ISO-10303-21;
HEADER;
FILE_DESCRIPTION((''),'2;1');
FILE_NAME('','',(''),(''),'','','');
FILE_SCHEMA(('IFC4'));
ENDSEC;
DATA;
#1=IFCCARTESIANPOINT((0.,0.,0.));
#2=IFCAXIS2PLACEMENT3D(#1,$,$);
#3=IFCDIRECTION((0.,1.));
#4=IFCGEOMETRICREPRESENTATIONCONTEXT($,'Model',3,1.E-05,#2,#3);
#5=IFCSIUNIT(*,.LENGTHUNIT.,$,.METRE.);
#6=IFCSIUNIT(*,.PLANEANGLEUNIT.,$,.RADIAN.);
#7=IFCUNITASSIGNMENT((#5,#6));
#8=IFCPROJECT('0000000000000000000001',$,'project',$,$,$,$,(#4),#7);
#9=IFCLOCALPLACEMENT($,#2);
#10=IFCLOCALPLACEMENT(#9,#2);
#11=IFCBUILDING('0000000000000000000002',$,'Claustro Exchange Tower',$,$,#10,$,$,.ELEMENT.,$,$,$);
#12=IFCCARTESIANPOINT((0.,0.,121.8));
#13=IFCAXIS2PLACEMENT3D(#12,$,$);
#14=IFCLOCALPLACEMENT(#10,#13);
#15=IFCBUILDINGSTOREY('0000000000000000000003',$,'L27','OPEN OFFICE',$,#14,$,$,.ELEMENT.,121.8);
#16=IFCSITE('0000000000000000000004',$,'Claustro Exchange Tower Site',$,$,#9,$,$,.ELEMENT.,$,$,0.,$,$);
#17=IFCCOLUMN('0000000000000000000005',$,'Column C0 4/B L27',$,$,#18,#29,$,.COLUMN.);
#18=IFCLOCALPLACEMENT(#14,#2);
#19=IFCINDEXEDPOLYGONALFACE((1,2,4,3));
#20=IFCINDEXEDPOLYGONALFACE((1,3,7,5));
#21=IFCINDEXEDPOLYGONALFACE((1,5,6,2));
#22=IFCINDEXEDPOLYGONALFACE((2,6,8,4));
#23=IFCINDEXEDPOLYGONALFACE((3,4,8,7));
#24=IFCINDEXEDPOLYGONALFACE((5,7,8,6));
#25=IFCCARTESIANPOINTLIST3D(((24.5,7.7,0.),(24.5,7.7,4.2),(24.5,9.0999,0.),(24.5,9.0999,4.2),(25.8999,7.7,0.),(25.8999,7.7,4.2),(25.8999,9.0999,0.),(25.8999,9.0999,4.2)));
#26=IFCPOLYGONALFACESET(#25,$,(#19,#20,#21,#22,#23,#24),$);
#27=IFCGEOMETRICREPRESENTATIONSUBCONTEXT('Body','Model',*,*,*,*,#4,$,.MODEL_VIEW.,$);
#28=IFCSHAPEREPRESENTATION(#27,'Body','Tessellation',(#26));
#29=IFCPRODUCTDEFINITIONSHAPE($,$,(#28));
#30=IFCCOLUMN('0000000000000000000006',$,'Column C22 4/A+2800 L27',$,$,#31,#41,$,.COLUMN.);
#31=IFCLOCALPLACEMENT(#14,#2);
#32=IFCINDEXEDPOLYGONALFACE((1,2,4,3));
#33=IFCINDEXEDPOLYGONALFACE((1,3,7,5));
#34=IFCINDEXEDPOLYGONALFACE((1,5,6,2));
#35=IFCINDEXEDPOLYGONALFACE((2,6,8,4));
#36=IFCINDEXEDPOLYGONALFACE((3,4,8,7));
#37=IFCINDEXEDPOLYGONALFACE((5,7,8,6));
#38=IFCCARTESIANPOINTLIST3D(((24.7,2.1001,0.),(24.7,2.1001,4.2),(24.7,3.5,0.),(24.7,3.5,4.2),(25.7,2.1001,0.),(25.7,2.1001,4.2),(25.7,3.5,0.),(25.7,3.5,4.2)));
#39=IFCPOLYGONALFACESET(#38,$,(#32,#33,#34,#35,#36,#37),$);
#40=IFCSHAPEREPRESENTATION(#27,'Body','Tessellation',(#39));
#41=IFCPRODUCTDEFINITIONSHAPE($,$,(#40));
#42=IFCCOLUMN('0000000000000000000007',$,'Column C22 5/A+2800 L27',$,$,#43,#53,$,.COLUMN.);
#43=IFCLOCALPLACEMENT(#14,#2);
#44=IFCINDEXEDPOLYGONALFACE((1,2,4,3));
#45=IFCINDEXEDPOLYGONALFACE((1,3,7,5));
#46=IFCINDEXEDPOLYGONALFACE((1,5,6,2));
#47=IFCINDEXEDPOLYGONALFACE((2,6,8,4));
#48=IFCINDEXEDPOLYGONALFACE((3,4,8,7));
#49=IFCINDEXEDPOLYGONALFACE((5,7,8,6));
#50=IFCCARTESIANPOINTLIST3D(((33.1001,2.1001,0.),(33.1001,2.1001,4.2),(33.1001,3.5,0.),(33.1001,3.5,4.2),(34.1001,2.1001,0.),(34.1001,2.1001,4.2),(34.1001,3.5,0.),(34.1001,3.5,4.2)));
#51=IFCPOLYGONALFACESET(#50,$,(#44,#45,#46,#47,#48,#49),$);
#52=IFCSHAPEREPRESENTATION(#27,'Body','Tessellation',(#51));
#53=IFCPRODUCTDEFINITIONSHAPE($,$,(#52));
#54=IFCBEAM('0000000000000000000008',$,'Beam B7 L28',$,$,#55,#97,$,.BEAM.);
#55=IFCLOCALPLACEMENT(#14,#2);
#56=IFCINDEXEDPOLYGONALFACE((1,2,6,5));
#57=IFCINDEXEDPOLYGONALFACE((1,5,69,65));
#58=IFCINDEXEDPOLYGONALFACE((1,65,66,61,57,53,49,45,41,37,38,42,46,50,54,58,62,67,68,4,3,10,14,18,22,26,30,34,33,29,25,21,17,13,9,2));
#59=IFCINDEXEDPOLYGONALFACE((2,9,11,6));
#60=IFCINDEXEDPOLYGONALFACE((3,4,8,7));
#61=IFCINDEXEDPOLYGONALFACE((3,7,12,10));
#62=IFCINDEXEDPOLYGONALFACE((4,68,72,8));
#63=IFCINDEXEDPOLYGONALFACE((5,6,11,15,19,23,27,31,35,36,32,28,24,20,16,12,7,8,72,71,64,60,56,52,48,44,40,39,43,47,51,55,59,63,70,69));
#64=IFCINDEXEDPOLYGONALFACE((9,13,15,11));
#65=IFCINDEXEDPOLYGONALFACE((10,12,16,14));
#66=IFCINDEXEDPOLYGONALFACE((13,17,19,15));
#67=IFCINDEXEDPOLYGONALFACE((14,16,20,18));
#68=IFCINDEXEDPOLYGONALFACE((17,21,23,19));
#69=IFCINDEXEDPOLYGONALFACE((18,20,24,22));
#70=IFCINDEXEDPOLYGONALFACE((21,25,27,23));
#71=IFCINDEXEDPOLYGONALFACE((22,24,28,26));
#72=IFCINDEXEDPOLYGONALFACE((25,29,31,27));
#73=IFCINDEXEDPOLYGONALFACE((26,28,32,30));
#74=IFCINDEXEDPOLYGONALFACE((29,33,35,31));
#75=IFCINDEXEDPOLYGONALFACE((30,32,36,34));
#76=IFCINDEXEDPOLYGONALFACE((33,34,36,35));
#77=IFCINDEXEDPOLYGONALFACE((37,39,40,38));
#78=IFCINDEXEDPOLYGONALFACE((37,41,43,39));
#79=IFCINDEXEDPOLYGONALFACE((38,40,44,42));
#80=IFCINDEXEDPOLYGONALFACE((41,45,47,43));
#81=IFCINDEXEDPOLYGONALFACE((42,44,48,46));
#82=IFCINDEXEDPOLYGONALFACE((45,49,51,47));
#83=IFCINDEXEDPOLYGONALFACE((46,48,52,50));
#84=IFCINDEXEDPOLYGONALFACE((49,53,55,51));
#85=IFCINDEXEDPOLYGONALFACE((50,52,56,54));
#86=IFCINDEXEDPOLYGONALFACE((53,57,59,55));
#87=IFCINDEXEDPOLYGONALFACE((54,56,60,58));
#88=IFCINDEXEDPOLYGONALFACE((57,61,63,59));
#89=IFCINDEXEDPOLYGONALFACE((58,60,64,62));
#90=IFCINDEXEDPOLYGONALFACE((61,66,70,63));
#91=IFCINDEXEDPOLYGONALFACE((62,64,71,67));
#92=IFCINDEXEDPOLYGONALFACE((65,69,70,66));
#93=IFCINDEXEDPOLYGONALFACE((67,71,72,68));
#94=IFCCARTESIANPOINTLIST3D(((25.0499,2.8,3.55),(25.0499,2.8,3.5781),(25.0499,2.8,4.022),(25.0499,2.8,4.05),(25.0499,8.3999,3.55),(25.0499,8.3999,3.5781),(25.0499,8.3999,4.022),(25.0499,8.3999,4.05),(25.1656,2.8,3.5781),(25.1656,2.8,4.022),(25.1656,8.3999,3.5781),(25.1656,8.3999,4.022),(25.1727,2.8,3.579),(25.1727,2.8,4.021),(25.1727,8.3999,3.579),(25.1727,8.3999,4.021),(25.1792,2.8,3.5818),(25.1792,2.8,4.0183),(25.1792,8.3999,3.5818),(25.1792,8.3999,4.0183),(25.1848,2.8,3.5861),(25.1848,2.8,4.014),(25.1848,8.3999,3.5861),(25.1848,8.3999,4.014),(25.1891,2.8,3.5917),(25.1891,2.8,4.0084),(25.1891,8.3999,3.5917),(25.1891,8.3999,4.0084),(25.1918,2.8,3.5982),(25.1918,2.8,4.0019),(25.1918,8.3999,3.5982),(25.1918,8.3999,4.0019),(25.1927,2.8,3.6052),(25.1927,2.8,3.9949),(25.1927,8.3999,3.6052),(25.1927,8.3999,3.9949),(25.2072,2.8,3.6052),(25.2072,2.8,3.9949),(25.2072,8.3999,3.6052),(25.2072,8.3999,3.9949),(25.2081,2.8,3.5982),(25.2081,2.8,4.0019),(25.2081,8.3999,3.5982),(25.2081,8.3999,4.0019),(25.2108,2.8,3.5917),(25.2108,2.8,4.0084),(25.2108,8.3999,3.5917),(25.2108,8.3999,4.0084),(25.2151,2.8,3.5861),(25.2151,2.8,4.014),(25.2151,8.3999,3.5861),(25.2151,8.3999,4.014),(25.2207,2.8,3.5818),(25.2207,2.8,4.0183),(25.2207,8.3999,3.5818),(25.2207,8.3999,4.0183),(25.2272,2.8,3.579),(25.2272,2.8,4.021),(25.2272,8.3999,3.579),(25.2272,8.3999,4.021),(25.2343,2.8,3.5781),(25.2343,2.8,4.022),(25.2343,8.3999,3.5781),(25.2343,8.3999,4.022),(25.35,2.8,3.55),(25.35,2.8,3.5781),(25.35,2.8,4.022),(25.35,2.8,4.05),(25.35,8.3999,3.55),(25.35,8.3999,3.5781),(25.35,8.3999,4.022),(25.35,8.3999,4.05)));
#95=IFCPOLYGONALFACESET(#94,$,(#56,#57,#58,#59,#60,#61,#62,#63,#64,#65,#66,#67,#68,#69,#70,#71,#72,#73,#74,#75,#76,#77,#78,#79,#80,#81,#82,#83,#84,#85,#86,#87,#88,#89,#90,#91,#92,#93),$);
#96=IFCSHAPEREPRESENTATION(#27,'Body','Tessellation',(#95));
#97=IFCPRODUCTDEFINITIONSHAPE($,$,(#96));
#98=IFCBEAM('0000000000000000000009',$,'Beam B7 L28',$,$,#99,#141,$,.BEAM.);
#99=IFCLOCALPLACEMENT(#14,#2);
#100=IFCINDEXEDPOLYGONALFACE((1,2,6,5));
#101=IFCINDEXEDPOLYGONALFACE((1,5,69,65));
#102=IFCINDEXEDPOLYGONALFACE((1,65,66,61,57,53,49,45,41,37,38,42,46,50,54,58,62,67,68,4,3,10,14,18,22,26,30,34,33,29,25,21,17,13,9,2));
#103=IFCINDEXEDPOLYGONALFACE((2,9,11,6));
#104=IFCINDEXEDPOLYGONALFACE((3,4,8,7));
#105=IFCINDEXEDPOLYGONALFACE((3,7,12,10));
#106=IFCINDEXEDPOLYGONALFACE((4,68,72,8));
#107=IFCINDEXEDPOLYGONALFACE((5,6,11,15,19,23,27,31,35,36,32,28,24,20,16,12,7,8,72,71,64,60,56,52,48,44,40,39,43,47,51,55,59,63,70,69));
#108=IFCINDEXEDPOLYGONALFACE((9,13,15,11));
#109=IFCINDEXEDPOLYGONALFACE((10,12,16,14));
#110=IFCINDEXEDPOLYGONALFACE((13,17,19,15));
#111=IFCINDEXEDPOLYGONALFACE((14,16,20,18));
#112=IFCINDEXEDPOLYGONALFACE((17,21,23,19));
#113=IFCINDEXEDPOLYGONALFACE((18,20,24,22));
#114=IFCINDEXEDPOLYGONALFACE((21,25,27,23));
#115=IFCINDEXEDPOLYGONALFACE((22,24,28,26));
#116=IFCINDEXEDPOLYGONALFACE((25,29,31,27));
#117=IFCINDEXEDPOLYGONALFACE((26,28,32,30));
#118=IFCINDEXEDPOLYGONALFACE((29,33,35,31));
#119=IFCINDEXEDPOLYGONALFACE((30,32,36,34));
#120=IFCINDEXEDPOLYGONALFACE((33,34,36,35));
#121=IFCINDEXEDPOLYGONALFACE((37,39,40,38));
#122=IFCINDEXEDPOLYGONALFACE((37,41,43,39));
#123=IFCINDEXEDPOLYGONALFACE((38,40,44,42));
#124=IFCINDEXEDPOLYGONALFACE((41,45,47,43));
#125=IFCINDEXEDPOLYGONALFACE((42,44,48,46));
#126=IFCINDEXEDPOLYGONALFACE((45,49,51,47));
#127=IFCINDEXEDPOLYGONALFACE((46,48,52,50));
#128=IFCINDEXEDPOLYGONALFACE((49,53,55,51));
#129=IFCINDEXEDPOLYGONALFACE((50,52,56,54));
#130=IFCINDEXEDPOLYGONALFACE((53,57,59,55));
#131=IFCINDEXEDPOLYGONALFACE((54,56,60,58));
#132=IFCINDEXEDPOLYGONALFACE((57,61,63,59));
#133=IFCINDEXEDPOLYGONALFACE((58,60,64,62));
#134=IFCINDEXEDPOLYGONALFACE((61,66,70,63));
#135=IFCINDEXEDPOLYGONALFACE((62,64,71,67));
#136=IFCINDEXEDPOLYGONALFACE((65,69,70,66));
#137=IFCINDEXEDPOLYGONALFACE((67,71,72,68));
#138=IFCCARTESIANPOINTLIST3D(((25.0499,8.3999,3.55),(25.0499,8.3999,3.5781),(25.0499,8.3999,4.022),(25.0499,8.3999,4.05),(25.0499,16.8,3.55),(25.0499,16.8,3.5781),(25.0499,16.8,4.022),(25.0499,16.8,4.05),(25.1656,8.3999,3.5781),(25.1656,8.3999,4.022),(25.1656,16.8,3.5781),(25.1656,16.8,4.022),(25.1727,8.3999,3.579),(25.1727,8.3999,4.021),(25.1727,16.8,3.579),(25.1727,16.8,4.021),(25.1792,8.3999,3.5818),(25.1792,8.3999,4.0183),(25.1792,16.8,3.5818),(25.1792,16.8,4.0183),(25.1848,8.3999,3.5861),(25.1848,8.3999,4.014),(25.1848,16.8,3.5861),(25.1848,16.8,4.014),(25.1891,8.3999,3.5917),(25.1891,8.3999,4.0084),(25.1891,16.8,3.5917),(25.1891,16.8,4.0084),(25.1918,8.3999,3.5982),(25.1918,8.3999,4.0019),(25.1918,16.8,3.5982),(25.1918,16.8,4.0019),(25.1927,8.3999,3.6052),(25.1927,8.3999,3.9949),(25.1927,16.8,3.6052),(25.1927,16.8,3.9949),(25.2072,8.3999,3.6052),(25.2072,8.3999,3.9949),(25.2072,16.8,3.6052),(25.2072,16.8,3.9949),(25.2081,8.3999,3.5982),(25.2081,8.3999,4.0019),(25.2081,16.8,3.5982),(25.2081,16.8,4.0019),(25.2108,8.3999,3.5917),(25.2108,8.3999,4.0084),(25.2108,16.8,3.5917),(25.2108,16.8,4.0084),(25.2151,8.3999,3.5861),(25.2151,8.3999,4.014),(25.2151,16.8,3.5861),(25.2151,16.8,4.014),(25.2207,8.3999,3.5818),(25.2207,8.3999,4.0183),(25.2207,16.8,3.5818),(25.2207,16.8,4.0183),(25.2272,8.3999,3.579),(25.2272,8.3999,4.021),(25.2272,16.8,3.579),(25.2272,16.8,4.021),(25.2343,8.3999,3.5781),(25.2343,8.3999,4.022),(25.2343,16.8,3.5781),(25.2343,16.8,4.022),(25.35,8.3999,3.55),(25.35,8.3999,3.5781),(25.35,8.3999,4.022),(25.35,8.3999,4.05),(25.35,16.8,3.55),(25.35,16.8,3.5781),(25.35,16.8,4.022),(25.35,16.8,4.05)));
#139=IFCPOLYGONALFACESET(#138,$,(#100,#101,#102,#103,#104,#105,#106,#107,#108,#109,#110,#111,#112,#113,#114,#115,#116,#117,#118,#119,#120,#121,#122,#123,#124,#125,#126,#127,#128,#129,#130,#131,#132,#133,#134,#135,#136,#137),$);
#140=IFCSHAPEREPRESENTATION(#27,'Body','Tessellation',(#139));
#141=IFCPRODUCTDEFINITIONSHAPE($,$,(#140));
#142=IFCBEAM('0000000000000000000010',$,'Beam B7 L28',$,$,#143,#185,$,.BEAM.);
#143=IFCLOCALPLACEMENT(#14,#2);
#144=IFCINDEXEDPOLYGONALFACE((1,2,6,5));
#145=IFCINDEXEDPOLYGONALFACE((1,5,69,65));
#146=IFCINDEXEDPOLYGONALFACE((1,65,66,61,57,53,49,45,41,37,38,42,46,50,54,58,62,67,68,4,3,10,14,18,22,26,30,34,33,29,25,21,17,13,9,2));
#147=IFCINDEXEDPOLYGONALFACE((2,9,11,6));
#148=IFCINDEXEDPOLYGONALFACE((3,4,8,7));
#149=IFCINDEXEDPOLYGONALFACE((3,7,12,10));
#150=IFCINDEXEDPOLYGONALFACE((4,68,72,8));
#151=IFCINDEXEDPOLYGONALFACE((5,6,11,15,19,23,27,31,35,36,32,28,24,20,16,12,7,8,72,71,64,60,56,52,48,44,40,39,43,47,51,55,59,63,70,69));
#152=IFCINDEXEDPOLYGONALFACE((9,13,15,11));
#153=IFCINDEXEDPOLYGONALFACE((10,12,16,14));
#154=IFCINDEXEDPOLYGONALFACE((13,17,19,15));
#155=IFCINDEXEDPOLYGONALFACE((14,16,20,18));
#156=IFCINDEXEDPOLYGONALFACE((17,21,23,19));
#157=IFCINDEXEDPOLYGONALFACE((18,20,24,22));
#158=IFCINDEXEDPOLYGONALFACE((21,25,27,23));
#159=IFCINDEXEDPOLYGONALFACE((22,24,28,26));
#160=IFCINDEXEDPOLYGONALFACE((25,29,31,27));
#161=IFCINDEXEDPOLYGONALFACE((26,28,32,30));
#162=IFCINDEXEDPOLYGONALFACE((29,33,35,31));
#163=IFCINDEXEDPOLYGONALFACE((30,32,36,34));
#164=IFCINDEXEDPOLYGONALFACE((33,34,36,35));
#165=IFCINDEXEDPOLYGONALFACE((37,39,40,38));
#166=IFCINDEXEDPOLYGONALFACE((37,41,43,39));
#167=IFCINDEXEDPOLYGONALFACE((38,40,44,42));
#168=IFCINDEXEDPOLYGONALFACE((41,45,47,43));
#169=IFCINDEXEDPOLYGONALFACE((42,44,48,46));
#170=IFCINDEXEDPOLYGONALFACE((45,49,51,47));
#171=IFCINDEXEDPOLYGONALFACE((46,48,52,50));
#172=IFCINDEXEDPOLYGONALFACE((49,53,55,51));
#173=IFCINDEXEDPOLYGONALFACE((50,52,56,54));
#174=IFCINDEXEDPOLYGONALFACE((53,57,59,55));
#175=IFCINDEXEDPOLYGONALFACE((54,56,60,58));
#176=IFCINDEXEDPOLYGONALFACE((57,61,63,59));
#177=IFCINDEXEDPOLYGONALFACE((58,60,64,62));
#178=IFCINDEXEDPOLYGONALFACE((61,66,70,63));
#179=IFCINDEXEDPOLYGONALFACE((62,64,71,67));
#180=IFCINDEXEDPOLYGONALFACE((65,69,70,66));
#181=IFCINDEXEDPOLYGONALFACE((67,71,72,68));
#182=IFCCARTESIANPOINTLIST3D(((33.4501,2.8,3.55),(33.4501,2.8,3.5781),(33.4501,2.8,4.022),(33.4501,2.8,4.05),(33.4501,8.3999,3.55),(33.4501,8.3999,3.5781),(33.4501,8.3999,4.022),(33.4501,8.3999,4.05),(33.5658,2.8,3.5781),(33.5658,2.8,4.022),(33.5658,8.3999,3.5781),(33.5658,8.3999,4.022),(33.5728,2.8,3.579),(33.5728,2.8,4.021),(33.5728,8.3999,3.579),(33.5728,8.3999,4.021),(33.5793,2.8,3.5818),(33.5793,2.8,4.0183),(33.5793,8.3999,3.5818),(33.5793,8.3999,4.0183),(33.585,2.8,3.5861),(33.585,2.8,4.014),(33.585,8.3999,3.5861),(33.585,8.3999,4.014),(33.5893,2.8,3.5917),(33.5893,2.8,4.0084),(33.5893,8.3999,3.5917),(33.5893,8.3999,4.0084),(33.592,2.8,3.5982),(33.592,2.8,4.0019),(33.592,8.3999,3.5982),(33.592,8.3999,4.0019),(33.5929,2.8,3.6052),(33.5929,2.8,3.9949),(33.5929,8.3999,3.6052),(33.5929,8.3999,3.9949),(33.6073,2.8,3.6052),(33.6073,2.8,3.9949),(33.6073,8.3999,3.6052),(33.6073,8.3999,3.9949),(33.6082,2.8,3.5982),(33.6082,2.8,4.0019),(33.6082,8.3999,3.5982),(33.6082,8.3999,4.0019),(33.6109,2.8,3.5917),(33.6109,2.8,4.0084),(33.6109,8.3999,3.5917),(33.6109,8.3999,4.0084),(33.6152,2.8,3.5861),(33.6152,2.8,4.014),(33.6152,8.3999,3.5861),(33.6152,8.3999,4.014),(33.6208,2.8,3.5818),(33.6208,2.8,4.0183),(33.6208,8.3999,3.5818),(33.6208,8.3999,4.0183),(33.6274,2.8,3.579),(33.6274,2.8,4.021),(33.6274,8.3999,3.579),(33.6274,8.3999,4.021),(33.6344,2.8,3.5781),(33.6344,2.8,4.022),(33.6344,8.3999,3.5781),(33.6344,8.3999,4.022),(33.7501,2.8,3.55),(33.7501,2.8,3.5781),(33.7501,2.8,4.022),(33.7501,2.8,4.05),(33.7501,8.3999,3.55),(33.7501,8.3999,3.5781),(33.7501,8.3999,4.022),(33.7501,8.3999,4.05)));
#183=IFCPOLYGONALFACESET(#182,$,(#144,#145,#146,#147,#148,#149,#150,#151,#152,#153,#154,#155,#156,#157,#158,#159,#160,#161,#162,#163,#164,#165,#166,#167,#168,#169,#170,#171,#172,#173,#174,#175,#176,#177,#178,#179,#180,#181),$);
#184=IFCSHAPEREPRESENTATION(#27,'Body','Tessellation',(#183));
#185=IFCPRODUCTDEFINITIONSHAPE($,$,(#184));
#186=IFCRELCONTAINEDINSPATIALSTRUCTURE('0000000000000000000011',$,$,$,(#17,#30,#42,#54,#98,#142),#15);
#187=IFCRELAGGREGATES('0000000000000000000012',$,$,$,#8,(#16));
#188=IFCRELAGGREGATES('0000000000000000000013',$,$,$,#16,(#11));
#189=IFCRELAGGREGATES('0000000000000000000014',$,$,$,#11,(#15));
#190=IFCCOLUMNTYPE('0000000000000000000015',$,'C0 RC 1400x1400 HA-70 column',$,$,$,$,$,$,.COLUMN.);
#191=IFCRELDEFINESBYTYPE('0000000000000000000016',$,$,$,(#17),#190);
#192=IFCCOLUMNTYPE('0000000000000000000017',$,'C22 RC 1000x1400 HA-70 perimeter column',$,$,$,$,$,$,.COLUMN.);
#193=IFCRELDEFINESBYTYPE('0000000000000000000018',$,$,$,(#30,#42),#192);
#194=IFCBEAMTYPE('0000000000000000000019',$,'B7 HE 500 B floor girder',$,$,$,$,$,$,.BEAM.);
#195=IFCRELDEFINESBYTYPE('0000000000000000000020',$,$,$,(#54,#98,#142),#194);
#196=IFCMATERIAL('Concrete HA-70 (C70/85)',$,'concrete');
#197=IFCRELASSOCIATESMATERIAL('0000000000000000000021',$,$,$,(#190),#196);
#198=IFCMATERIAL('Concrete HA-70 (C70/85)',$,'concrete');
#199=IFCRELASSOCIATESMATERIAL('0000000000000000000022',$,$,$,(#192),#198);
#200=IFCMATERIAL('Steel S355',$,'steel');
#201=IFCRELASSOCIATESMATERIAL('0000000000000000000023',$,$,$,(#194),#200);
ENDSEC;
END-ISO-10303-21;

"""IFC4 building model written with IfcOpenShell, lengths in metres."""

from ifc_helpers import new_model, si_unit, direction, frame, origin, origin_2d, place, context, subcontext, project, spatial, rectangle, i_section, extrude, material, material_profile, profile_set, type_object, element, save


model = new_model("IFC4")

# Units and contexts
model_context = context("Model", 3, precision=1e-05, world=origin(), true_north=direction((0.0, 1.0)))
body_context = subcontext(model_context, "Body", "Model", "MODEL_VIEW")
ifc_project = project(units=[si_unit("LENGTHUNIT", "METRE"), si_unit("PLANEANGLEUNIT", "RADIAN")], contexts=[model_context])

# Site, building, storey
site_placement = place(None, origin())
site = spatial("IfcSite", under=ifc_project, at=site_placement, Name="Claustro Exchange Tower Site", CompositionType="ELEMENT", RefElevation=0.0)
building_placement = place(site_placement, origin())
building = spatial("IfcBuilding", under=site, at=building_placement, Name="Claustro Exchange Tower", CompositionType="ELEMENT")
storey_placement = place(building_placement, frame((0.0, 0.0, 121.8)))
storey = spatial("IfcBuildingStorey", under=building, at=storey_placement, Name="L27", Description="OPEN OFFICE", CompositionType="ELEMENT", Elevation=121.8)

# Columns
ifc_material_1 = material(Name="Concrete HA-70 (C70/85)", Category="concrete")
ifc_material_profile_1 = material_profile(ifc_material_1, rectangle(XDim=1.3999, YDim=1.3999, at=origin_2d()), Name="RC 1400x1400")
ifc_profile_set_1 = profile_set([ifc_material_profile_1], Name="Concrete HA-70 (C70/85)")
column_type_1 = type_object("IfcColumnType", Name="C0 RC 1400x1400 HA-70 column", PredefinedType="COLUMN", material=ifc_profile_set_1)
column_placement = place(storey_placement, frame((25.2, 8.3999, 0.0), z_axis=(0.0, 0.0, 1.0), x_axis=(1.0, 0.0, 0.0)))
element("IfcColumn", 1, at=column_placement, inside=storey, type_object=column_type_1, Name="Column C0 4/B L27", PredefinedType="COLUMN", context=body_context, shape_type="SweptSolid", body=[
    extrude(rectangle(XDim=1.3999, YDim=1.3999, at=origin_2d()), origin(), (0.0, 0.0, 1.0), 4.2),
])
ifc_material_2 = material(Name="Concrete HA-70 (C70/85)", Category="concrete")
ifc_material_profile_2 = material_profile(ifc_material_2, rectangle(XDim=1.0, YDim=1.3999, at=origin_2d()), Name="RC 1000x1400")
ifc_profile_set_2 = profile_set([ifc_material_profile_2], Name="Concrete HA-70 (C70/85)")
column_type_2 = type_object("IfcColumnType", Name="C22 RC 1000x1400 HA-70 perimeter column", PredefinedType="COLUMN", material=ifc_profile_set_2)
for number, where, z_axis, x_axis, name in (
    (2, (25.2, 2.8, 0.0), (0.0, 0.0, 1.0), (1.0, 0.0, 0.0), "Column C22 4/A+2800 L27"),
    (3, (33.6001, 2.8, 0.0), (0.0, 0.0, 1.0), (1.0, 0.0, 0.0), "Column C22 5/A+2800 L27"),
):
    element("IfcColumn", number, at=place(storey_placement, frame(where, z_axis=z_axis, x_axis=x_axis)), inside=storey, type_object=column_type_2, Name=name, PredefinedType="COLUMN", context=body_context, shape_type="SweptSolid", body=[
        extrude(rectangle(XDim=1.0, YDim=1.3999, at=origin_2d()), origin(), (0.0, 0.0, 1.0), 4.2),
    ])

# Beams
ifc_material_3 = material(Name="Steel S355", Category="steel")
ifc_material_profile_3 = material_profile(ifc_material_3, i_section(OverallWidth=0.3, OverallDepth=0.5, WebThickness=0.0144, FlangeThickness=0.0281, FilletRadius=0.0271, at=origin_2d()), Name="HE 500 B")
ifc_profile_set_3 = profile_set([ifc_material_profile_3], Name="Steel S355")
beam_type_1 = type_object("IfcBeamType", Name="B7 HE 500 B floor girder", PredefinedType="BEAM", material=ifc_profile_set_3)
beam_1_placement = place(storey_placement, frame((25.2, 2.8, 3.8), z_axis=(0.0, 1.0, 0.0), x_axis=(-1.0, 0.0, 0.0)))
element("IfcBeam", 4, at=beam_1_placement, inside=storey, type_object=beam_type_1, Name="Beam B7 L28", PredefinedType="BEAM", context=body_context, shape_type="SweptSolid", body=[
    extrude(i_section(OverallWidth=0.3, OverallDepth=0.5, WebThickness=0.0144, FlangeThickness=0.0281, FilletRadius=0.0271, at=origin_2d()), origin(), (0.0, 0.0, 1.0), 5.5999),
])
beam_2_placement = place(storey_placement, frame((25.2, 8.3999, 3.8), z_axis=(0.0, 1.0, 0.0), x_axis=(-1.0, 0.0, 0.0)))
element("IfcBeam", 5, at=beam_2_placement, inside=storey, type_object=beam_type_1, Name="Beam B7 L28", PredefinedType="BEAM", context=body_context, shape_type="SweptSolid", body=[
    extrude(i_section(OverallWidth=0.3, OverallDepth=0.5, WebThickness=0.0144, FlangeThickness=0.0281, FilletRadius=0.0271, at=origin_2d()), origin(), (0.0, 0.0, 1.0), 8.4001),
])
beam_3_placement = place(storey_placement, frame((33.6001, 2.8, 3.8), z_axis=(0.0, 1.0, 0.0), x_axis=(-1.0, 0.0, 0.0)))
element("IfcBeam", 6, at=beam_3_placement, inside=storey, type_object=beam_type_1, Name="Beam B7 L28", PredefinedType="BEAM", context=body_context, shape_type="SweptSolid", body=[
    extrude(i_section(OverallWidth=0.3, OverallDepth=0.5, WebThickness=0.0144, FlangeThickness=0.0281, FilletRadius=0.0271, at=origin_2d()), origin(), (0.0, 0.0, 1.0), 5.5999),
])

save(model, "model.ifc")
